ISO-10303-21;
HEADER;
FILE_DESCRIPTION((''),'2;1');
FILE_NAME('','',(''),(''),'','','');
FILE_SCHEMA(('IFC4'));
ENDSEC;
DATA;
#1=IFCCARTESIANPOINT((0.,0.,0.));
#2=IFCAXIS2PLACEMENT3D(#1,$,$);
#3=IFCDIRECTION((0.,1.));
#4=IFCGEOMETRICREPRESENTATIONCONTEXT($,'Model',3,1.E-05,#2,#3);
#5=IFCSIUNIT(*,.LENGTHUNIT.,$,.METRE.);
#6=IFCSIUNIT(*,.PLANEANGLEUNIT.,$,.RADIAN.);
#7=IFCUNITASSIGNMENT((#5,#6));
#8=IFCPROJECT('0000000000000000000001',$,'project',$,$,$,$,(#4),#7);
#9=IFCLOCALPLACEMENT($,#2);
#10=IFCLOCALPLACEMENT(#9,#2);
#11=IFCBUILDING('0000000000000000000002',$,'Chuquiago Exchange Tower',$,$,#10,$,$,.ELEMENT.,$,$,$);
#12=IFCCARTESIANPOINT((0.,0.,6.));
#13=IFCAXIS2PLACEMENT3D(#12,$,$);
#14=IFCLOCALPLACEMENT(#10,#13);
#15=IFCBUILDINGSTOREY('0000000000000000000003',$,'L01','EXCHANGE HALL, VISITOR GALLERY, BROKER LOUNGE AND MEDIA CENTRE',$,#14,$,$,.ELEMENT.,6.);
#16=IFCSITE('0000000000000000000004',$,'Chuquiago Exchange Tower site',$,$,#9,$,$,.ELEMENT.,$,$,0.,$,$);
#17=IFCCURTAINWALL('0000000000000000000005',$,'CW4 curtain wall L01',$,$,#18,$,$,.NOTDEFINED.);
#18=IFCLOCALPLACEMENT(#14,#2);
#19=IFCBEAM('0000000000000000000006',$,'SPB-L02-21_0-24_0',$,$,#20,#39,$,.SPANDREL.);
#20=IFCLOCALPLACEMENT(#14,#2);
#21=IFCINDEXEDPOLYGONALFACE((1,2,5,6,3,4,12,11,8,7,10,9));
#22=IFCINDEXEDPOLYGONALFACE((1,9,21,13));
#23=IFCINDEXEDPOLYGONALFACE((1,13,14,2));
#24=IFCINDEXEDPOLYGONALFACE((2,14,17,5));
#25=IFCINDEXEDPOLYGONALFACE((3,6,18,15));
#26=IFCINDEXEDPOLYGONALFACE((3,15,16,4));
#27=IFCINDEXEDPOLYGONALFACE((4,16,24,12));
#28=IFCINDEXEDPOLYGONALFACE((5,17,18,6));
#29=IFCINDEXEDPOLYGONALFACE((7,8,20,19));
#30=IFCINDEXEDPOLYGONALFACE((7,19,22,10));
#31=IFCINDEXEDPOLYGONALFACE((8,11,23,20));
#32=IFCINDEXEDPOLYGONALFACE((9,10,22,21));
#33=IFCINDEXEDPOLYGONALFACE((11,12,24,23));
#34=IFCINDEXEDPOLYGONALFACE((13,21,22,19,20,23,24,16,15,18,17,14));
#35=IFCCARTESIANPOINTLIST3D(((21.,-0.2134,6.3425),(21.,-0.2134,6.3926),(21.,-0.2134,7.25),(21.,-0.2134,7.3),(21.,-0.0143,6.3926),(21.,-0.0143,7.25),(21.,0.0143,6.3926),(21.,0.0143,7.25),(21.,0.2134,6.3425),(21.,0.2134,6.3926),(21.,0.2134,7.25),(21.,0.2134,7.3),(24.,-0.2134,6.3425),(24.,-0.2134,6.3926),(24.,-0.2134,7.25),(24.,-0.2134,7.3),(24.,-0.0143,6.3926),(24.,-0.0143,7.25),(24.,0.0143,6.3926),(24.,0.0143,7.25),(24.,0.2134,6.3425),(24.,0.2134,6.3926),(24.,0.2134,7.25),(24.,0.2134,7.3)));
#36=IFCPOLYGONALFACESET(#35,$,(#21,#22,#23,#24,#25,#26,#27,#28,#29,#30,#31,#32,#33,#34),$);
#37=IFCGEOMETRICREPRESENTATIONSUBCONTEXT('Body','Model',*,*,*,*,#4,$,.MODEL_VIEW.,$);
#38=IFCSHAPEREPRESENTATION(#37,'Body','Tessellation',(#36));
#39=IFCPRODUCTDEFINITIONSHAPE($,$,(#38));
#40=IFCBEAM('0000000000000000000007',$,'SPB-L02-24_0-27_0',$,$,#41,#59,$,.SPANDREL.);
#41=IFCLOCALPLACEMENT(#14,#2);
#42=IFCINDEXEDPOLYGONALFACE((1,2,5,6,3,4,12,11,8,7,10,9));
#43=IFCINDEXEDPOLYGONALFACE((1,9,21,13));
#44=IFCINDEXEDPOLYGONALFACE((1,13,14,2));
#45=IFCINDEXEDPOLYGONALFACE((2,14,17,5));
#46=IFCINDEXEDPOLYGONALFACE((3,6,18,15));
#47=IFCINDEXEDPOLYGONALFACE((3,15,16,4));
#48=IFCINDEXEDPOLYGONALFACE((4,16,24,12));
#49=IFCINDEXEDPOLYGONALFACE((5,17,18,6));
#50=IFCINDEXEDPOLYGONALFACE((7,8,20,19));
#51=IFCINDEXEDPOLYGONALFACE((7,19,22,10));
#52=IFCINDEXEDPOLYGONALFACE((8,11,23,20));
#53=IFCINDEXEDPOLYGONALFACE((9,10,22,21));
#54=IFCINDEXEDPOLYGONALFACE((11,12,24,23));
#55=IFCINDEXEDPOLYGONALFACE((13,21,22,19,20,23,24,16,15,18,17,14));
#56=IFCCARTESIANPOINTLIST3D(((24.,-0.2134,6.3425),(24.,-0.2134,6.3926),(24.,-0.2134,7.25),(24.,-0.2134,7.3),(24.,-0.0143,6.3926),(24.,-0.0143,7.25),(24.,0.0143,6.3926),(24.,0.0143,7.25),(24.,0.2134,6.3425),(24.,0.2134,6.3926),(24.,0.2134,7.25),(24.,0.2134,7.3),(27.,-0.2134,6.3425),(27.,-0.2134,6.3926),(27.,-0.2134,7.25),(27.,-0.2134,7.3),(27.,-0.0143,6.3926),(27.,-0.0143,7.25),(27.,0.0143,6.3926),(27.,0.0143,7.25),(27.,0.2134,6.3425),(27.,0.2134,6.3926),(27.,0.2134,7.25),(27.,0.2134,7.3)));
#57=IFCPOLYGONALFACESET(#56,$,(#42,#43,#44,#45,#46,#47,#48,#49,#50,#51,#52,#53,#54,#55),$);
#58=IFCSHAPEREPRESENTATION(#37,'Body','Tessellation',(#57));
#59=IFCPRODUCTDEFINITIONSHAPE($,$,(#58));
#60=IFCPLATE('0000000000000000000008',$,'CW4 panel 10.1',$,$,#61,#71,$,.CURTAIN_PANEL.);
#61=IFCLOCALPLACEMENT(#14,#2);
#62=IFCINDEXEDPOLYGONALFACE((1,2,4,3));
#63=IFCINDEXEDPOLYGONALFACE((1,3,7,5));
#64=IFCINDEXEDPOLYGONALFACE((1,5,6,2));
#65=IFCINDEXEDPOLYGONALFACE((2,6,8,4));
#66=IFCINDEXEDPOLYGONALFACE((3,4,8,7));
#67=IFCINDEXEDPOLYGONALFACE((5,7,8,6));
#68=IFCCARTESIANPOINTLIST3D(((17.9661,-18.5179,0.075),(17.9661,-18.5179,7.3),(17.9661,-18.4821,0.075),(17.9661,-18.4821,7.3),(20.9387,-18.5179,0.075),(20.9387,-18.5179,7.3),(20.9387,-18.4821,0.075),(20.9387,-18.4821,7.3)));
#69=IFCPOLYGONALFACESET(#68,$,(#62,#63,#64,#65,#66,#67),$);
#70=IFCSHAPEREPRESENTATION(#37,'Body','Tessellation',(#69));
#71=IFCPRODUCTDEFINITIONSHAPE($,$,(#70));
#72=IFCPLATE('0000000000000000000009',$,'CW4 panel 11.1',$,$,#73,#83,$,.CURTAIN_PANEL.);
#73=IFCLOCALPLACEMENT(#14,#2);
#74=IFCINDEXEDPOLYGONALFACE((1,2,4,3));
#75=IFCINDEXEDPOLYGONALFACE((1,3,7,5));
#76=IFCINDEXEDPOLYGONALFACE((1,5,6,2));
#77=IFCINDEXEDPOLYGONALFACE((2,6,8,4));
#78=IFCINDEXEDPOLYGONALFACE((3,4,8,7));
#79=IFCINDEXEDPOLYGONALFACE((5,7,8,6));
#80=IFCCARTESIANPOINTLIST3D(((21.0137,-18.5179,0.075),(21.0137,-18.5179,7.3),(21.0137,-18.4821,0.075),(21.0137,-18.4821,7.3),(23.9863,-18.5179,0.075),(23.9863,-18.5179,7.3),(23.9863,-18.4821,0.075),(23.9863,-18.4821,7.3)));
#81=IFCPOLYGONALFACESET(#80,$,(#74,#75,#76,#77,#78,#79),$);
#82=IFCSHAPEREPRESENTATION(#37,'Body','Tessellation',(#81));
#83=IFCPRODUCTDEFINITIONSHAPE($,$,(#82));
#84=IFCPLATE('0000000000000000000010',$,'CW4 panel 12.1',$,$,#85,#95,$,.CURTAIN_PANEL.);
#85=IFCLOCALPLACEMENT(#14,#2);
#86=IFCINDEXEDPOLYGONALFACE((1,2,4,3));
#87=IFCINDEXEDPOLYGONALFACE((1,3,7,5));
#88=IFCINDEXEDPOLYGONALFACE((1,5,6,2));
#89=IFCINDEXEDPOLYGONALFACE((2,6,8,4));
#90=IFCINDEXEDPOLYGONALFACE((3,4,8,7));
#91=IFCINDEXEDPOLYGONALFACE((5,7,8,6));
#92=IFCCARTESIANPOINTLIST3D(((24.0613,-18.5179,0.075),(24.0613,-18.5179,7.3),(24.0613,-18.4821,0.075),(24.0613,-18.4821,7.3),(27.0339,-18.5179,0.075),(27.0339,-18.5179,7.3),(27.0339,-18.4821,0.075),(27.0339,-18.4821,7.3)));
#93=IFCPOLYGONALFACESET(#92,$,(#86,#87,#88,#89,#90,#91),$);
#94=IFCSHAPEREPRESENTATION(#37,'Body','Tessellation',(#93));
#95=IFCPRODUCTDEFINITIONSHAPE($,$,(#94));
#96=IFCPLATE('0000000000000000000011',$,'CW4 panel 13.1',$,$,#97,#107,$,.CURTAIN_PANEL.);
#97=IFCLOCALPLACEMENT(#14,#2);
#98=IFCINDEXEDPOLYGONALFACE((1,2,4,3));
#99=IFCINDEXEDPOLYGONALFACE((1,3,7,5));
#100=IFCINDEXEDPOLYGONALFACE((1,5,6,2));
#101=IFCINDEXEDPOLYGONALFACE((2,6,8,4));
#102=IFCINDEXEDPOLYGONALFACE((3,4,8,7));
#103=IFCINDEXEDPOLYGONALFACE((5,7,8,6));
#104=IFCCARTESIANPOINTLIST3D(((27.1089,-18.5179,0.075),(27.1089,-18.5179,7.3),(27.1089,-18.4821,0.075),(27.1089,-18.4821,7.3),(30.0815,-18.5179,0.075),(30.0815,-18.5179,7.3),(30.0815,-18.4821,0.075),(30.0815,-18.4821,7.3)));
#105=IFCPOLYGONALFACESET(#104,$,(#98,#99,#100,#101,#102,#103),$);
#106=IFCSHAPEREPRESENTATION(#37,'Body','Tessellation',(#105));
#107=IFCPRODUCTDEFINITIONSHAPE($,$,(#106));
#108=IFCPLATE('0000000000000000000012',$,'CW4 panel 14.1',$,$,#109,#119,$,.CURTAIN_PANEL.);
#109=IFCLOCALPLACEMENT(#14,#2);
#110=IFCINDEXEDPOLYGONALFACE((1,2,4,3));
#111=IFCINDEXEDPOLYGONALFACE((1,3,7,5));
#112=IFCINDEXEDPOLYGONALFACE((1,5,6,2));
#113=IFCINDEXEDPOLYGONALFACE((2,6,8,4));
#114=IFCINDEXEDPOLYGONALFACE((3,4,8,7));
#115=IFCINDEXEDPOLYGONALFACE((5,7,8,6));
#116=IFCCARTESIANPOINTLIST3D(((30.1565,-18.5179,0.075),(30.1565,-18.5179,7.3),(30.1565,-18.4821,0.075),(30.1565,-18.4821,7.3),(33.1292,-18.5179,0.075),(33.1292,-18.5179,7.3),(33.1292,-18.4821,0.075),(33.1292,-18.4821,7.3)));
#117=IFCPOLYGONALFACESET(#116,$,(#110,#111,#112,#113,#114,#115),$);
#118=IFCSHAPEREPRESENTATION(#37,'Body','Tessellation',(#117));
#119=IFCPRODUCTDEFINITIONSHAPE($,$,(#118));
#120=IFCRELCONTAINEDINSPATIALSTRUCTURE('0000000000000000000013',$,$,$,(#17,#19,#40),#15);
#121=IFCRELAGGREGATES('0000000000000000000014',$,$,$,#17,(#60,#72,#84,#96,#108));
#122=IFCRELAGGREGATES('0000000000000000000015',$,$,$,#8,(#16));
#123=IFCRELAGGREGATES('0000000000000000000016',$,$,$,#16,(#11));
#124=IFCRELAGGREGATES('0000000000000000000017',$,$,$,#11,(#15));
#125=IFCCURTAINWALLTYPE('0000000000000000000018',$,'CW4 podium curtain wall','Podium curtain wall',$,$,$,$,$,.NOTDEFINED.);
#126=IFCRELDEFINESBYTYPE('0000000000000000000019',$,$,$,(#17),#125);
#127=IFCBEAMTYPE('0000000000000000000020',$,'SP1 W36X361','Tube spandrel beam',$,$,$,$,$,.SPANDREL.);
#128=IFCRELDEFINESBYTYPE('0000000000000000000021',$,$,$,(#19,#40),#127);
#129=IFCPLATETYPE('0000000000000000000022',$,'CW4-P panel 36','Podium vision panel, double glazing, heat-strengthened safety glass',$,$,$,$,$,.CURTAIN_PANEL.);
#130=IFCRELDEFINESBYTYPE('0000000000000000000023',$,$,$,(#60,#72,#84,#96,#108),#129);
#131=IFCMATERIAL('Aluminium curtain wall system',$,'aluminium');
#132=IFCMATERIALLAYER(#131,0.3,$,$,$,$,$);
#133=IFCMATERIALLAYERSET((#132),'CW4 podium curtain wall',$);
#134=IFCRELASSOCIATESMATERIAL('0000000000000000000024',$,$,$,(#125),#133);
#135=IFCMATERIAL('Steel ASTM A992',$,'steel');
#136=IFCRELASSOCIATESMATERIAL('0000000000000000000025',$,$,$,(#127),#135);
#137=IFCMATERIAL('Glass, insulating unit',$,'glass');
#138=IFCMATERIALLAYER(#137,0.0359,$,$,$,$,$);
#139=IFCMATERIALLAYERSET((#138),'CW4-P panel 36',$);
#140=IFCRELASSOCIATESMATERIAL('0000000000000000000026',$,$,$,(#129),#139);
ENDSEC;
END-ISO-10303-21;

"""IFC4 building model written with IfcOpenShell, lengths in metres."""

from ifc_helpers import new_model, si_unit, direction, frame, origin, origin_2d, place, context, subcontext, project, spatial, rectangle, i_section, extrude, material, layer, layer_set, material_profile, profile_set, type_object, element, aggregate, save


model = new_model("IFC4")

# Units and contexts
model_context = context("Model", 3, precision=1e-05, world=origin(), true_north=direction((0.0, 1.0)))
body_context = subcontext(model_context, "Body", "Model", "MODEL_VIEW")
ifc_project = project(units=[si_unit("LENGTHUNIT", "METRE"), si_unit("PLANEANGLEUNIT", "RADIAN")], contexts=[model_context])

# Site, building, storey
site_placement = place(None, origin())
site = spatial("IfcSite", under=ifc_project, at=site_placement, Name="Chuquiago Exchange Tower site", CompositionType="ELEMENT", RefElevation=0.0)
building_placement = place(site_placement, origin())
building = spatial("IfcBuilding", under=site, at=building_placement, Name="Chuquiago Exchange Tower", CompositionType="ELEMENT")
storey_placement = place(building_placement, frame((0.0, 0.0, 6.0)))
storey = spatial("IfcBuildingStorey", under=building, at=storey_placement, Name="L01", Description="EXCHANGE HALL, VISITOR GALLERY, BROKER LOUNGE AND MEDIA CENTRE", CompositionType="ELEMENT", Elevation=6.0)

# Curtain wall
ifc_material_1 = material(Name="Aluminium curtain wall system", Category="aluminium")
ifc_layer_1 = layer(ifc_material_1, 0.3)
ifc_layer_set_1 = layer_set([ifc_layer_1], Name="CW4 podium curtain wall")
curtain_wall_type = type_object("IfcCurtainWallType", Name="CW4 podium curtain wall", Description="Podium curtain wall", PredefinedType="NOTDEFINED", material=ifc_layer_set_1)
curtain_wall_placement = place(storey_placement, origin())
curtain_wall = element("IfcCurtainWall", 1, at=curtain_wall_placement, inside=storey, type_object=curtain_wall_type, Name="CW4 curtain wall L01", PredefinedType="NOTDEFINED")

# Beams
ifc_material_2 = material(Name="Steel ASTM A992", Category="steel")
ifc_material_profile_1 = material_profile(ifc_material_2, i_section(OverallWidth=0.4268, OverallDepth=0.9575, WebThickness=0.0286, FlangeThickness=0.05, at=origin_2d()), Name="W36X361")
ifc_profile_set_1 = profile_set([ifc_material_profile_1], Name="Steel ASTM A992")
beam_type_1 = type_object("IfcBeamType", Name="SP1 W36X361", Description="Tube spandrel beam", PredefinedType="SPANDREL", material=ifc_profile_set_1)
for number, where, z_axis, x_axis, name in (
    (2, (21.0, 0.0, 6.8213), (1.0, 0.0, 0.0), (0.0, 1.0, 0.0), "SPB-L02-21_0-24_0"),
    (3, (24.0, 0.0, 6.8213), (1.0, 0.0, 0.0), (0.0, 1.0, 0.0), "SPB-L02-24_0-27_0"),
):
    element("IfcBeam", number, at=place(storey_placement, frame(where, z_axis=z_axis, x_axis=x_axis)), inside=storey, type_object=beam_type_1, Name=name, PredefinedType="SPANDREL", context=body_context, shape_type="SweptSolid", body=[
        extrude(i_section(OverallWidth=0.4268, OverallDepth=0.9575, WebThickness=0.0286, FlangeThickness=0.05, at=origin_2d()), origin(), (0.0, 0.0, 1.0), 3.0),
    ])

# Plates
ifc_material_3 = material(Name="Glass, insulating unit", Category="glass")
ifc_layer_2 = layer(ifc_material_3, 0.0359)
ifc_layer_set_2 = layer_set([ifc_layer_2], Name="CW4-P panel 36")
plate_type = type_object("IfcPlateType", Name="CW4-P panel 36", Description="Podium vision panel, double glazing, heat-strengthened safety glass", PredefinedType="CURTAIN_PANEL", material=ifc_layer_set_2)
plate_1_placement = place(storey_placement, frame((19.4524, -18.5, 0.075), z_axis=(0.0, 0.0, 1.0), x_axis=(1.0, 0.0, 0.0)))
plate_1 = element("IfcPlate", 4, at=plate_1_placement, type_object=plate_type, Name="CW4 panel 10.1", PredefinedType="CURTAIN_PANEL", context=body_context, shape_type="SweptSolid", body=[
    extrude(rectangle(XDim=2.9727, YDim=0.0359, at=origin_2d()), origin(), (0.0, 0.0, 1.0), 7.2251),
])
plate_2_placement = place(storey_placement, frame((22.5, -18.5, 0.075), z_axis=(0.0, 0.0, 1.0), x_axis=(1.0, 0.0, 0.0)))
plate_2 = element("IfcPlate", 5, at=plate_2_placement, type_object=plate_type, Name="CW4 panel 11.1", PredefinedType="CURTAIN_PANEL", context=body_context, shape_type="SweptSolid", body=[
    extrude(rectangle(XDim=2.9727, YDim=0.0359, at=origin_2d()), origin(), (0.0, 0.0, 1.0), 7.2251),
])
plate_3_placement = place(storey_placement, frame((25.5476, -18.5, 0.075), z_axis=(0.0, 0.0, 1.0), x_axis=(1.0, 0.0, 0.0)))
plate_3 = element("IfcPlate", 6, at=plate_3_placement, type_object=plate_type, Name="CW4 panel 12.1", PredefinedType="CURTAIN_PANEL", context=body_context, shape_type="SweptSolid", body=[
    extrude(rectangle(XDim=2.9727, YDim=0.0359, at=origin_2d()), origin(), (0.0, 0.0, 1.0), 7.2251),
])
plate_4_placement = place(storey_placement, frame((28.5952, -18.5, 0.075), z_axis=(0.0, 0.0, 1.0), x_axis=(1.0, 0.0, 0.0)))
plate_4 = element("IfcPlate", 7, at=plate_4_placement, type_object=plate_type, Name="CW4 panel 13.1", PredefinedType="CURTAIN_PANEL", context=body_context, shape_type="SweptSolid", body=[
    extrude(rectangle(XDim=2.9727, YDim=0.0359, at=origin_2d()), origin(), (0.0, 0.0, 1.0), 7.2251),
])
plate_5_placement = place(storey_placement, frame((31.6428, -18.5, 0.075), z_axis=(0.0, 0.0, 1.0), x_axis=(1.0, 0.0, 0.0)))
plate_5 = element("IfcPlate", 8, at=plate_5_placement, type_object=plate_type, Name="CW4 panel 14.1", PredefinedType="CURTAIN_PANEL", context=body_context, shape_type="SweptSolid", body=[
    extrude(rectangle(XDim=2.9727, YDim=0.0359, at=origin_2d()), origin(), (0.0, 0.0, 1.0), 7.2251),
])
aggregate(curtain_wall, [plate_1, plate_2, plate_3, plate_4, plate_5])

save(model, "model.ifc")
